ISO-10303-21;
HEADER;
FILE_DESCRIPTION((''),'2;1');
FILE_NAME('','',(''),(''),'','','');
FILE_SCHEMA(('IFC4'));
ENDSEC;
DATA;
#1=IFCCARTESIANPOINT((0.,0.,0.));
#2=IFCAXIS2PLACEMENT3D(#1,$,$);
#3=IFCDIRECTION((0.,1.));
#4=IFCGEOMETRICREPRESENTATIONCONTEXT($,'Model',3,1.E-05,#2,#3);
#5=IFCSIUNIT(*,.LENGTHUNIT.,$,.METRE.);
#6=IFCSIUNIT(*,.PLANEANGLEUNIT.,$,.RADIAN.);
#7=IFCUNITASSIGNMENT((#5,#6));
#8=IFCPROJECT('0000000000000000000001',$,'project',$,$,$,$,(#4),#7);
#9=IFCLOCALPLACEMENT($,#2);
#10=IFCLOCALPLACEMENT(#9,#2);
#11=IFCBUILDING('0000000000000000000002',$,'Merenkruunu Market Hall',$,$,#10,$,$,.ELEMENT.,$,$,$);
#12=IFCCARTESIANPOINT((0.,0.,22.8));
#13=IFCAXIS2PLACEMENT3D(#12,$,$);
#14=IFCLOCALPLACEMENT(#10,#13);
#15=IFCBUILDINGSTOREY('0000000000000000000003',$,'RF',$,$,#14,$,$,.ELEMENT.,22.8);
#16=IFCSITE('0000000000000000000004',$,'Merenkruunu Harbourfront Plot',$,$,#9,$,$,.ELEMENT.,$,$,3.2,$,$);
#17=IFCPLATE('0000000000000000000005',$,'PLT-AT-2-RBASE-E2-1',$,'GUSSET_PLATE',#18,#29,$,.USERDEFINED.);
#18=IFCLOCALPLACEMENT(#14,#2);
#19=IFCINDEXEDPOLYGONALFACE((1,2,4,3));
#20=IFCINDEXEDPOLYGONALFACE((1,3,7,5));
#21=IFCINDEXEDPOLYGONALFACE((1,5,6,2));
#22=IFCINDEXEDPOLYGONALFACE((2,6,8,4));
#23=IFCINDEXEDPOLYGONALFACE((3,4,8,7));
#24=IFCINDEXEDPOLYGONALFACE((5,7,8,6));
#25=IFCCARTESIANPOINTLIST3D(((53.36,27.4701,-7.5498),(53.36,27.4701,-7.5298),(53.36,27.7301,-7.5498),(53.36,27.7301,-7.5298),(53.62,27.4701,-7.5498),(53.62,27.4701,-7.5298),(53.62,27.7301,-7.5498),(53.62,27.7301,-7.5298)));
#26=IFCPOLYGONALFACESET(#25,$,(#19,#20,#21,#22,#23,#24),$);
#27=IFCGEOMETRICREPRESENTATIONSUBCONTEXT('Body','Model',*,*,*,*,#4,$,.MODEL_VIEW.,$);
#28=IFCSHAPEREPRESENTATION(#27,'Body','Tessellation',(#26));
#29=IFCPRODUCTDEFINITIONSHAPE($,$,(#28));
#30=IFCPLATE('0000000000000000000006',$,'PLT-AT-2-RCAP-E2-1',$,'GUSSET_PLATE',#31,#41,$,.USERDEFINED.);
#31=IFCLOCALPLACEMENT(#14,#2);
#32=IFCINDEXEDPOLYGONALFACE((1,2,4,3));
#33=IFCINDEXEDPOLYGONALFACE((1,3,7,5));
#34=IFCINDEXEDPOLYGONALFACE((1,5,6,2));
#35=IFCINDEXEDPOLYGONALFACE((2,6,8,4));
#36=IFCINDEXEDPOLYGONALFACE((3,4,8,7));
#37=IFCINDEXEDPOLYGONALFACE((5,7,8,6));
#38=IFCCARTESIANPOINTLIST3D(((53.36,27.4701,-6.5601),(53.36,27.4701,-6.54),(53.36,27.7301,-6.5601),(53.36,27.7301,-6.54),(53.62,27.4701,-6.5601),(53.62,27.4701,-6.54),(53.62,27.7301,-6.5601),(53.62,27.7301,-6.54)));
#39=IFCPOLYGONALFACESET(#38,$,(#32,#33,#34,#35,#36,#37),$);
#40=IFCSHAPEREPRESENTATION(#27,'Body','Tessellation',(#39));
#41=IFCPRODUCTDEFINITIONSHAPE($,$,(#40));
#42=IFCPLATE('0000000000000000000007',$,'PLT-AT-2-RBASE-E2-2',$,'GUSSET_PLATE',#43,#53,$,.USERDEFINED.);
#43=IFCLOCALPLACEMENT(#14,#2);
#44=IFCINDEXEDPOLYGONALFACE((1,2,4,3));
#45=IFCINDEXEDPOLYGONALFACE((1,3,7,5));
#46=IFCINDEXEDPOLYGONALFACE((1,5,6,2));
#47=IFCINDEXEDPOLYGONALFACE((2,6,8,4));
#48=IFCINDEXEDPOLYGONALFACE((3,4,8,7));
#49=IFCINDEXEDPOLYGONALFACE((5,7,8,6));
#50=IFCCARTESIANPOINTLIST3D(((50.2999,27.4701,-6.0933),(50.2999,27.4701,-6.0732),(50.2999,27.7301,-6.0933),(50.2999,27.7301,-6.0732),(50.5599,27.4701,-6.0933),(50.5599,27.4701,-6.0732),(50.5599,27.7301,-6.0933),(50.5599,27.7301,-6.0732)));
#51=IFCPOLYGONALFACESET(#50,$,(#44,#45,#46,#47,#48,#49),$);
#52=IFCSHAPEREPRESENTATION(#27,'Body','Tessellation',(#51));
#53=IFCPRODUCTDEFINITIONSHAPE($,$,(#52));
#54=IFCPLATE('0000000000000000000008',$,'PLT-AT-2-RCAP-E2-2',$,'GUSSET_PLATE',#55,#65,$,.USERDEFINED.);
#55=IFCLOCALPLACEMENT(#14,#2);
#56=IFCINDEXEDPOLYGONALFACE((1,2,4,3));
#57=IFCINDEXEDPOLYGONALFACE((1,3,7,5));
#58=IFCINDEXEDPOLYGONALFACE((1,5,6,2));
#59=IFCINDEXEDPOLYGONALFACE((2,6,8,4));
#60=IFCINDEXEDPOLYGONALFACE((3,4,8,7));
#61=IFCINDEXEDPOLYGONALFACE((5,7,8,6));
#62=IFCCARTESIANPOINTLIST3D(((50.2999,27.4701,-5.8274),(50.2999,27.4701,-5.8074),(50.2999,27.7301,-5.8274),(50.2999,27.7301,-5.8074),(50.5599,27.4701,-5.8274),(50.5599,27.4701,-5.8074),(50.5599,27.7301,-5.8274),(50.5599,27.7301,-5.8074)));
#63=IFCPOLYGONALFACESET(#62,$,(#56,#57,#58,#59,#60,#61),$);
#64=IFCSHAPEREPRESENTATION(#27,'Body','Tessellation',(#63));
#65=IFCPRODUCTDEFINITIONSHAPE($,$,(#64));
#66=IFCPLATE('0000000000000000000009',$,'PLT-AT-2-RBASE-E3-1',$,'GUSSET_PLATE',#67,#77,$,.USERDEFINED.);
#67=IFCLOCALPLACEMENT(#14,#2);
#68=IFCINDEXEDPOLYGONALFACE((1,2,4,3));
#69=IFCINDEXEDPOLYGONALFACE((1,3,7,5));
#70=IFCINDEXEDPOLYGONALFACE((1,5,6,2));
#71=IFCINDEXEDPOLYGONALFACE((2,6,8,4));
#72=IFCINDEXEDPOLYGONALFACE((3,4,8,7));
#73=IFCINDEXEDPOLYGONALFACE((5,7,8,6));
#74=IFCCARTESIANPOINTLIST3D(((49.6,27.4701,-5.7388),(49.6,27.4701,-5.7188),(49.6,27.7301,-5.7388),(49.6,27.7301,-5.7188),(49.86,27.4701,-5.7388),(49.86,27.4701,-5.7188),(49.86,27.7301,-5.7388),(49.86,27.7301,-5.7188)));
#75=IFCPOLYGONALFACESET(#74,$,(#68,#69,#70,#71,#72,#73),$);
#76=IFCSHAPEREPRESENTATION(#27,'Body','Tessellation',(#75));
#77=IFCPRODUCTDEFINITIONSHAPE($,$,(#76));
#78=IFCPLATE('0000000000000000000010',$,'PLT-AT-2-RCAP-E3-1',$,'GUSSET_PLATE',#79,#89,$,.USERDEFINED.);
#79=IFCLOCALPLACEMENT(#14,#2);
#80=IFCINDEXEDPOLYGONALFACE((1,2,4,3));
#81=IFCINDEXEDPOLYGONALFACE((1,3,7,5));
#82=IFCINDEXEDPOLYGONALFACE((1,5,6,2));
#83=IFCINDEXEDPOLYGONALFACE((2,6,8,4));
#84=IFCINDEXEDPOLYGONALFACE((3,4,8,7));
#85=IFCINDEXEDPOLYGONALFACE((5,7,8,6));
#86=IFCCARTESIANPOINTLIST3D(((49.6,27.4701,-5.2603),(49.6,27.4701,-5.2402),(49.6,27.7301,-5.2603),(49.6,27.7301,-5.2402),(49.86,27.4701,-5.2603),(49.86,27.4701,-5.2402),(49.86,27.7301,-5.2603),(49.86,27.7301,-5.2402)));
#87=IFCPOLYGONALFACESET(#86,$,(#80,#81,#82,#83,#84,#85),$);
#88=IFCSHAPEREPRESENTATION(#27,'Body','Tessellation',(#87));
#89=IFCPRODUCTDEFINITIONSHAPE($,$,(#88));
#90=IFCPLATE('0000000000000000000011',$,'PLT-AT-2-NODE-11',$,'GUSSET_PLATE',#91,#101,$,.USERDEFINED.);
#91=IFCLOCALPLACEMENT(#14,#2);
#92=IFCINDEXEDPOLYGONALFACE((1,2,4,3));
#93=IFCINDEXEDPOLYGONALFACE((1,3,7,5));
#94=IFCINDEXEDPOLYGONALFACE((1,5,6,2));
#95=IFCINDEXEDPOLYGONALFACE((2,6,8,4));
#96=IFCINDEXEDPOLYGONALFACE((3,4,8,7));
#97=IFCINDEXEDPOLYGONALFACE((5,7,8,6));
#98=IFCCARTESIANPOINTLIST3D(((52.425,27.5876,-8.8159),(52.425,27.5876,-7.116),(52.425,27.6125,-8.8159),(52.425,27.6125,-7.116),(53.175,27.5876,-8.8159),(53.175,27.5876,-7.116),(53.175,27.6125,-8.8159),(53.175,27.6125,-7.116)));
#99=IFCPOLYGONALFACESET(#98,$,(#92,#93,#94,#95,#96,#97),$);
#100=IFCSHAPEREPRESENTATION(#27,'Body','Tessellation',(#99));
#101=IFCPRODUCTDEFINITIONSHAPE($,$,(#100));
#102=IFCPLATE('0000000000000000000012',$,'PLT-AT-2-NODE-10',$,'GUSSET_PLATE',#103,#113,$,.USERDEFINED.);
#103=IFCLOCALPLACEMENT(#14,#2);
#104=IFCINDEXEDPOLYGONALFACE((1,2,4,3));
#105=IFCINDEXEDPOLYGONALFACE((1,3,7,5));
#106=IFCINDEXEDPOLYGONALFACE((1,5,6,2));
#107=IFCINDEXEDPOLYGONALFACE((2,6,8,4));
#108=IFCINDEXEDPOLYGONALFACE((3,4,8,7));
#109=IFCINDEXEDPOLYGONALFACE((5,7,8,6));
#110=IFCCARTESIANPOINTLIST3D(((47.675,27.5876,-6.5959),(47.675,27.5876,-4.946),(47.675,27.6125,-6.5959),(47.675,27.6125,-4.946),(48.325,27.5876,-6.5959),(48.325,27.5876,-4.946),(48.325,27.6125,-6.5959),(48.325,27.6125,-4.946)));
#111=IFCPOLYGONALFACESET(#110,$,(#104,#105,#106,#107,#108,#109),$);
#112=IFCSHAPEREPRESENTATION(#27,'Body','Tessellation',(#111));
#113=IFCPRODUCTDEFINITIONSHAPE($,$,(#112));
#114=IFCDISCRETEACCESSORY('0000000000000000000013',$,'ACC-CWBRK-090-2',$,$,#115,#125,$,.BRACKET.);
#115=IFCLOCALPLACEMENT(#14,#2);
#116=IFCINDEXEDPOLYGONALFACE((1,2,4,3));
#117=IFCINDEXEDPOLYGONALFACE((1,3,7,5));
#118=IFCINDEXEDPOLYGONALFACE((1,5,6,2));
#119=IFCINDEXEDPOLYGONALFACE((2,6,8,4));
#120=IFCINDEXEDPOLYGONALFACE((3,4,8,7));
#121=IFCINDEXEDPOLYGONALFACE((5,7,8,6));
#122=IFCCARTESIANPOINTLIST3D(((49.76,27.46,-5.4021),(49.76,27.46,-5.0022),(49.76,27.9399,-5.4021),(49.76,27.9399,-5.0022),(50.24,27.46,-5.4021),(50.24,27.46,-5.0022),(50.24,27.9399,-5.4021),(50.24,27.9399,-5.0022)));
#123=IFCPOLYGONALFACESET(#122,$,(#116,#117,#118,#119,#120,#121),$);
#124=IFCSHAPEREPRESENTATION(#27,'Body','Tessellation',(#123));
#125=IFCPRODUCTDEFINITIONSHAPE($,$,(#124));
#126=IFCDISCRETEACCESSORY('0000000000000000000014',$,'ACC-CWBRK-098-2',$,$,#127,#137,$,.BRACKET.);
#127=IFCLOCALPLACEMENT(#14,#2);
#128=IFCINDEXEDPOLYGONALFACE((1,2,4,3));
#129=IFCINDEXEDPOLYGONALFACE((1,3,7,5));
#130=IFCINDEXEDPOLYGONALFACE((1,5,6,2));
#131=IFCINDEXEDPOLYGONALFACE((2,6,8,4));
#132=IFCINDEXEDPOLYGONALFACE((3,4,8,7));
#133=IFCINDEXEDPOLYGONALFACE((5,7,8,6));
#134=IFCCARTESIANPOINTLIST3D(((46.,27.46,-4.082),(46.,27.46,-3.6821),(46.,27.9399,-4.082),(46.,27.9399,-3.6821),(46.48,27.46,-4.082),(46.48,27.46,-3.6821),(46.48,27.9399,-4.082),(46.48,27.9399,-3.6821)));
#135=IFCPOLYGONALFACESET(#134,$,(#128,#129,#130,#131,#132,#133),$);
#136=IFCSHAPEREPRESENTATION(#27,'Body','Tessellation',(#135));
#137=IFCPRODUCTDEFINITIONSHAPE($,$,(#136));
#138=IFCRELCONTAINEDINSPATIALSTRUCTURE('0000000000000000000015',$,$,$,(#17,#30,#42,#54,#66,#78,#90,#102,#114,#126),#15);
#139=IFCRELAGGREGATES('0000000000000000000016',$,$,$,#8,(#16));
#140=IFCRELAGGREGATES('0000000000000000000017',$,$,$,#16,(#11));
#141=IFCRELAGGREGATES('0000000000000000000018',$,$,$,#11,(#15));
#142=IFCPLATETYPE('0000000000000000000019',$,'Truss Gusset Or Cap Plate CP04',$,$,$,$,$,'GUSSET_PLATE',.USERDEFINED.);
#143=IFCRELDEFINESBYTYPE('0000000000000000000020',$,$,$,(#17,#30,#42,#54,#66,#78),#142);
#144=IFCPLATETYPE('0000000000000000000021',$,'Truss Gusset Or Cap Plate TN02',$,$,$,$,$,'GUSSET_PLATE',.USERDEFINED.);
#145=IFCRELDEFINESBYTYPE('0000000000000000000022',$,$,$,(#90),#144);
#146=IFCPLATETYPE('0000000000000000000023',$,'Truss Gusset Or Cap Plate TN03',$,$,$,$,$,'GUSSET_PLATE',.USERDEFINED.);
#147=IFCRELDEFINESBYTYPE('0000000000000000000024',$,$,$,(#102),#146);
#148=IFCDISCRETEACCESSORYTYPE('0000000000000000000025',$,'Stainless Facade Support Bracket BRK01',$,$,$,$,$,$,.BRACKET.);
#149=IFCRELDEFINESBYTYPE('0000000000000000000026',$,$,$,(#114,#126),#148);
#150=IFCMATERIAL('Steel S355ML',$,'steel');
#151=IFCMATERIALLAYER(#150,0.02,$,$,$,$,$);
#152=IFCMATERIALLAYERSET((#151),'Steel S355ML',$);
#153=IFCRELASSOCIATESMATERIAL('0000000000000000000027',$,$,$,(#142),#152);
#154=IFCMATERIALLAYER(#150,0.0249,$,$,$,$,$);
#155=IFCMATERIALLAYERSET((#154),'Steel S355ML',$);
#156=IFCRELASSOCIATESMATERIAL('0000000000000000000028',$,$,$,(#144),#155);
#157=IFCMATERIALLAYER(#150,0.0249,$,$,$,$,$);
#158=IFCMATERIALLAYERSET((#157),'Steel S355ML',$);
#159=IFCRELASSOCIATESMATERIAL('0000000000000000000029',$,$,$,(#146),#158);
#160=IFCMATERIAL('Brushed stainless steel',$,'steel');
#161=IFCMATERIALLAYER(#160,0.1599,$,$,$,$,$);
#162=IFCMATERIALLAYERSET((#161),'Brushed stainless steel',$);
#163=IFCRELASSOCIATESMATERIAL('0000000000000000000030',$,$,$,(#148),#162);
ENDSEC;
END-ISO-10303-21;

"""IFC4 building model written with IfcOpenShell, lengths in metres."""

from ifc_helpers import new_model, si_unit, direction, frame, origin, origin_2d, place, context, subcontext, project, spatial, rectangle, extrude, material, layer, layer_set, type_object, element, save


model = new_model("IFC4")

# Units and contexts
model_context = context("Model", 3, precision=1e-05, world=origin(), true_north=direction((0.0, 1.0)))
body_context = subcontext(model_context, "Body", "Model", "MODEL_VIEW")
ifc_project = project(units=[si_unit("LENGTHUNIT", "METRE"), si_unit("PLANEANGLEUNIT", "RADIAN")], contexts=[model_context])

# Site, building, storey
site_placement = place(None, origin())
site = spatial("IfcSite", under=ifc_project, at=site_placement, Name="Merenkruunu Harbourfront Plot", CompositionType="ELEMENT", RefElevation=3.2)
building_placement = place(site_placement, origin())
building = spatial("IfcBuilding", under=site, at=building_placement, Name="Merenkruunu Market Hall", CompositionType="ELEMENT")
storey_placement = place(building_placement, frame((0.0, 0.0, 22.8)))
storey = spatial("IfcBuildingStorey", under=building, at=storey_placement, Name="RF", CompositionType="ELEMENT", Elevation=22.8)

# Shared definitions
ifc_material_1 = material(Name="Steel S355ML", Category="steel")

# Plates
ifc_layer_1 = layer(ifc_material_1, 0.02)
ifc_layer_set_1 = layer_set([ifc_layer_1], Name="Steel S355ML")
plate_type_1 = type_object("IfcPlateType", Name="Truss Gusset Or Cap Plate CP04", ElementType="GUSSET_PLATE", PredefinedType="USERDEFINED", material=ifc_layer_set_1)
for number, where, z_axis, x_axis, name in (
    (1, (53.49, 27.6001, -7.5498), (0.0, 0.0, 1.0), (1.0, 0.0, 0.0), "PLT-AT-2-RBASE-E2-1"),
    (2, (53.49, 27.6001, -6.5601), (0.0, 0.0, 1.0), (1.0, 0.0, 0.0), "PLT-AT-2-RCAP-E2-1"),
    (3, (50.4299, 27.6001, -6.0933), (0.0, 0.0, 1.0), (1.0, 0.0, 0.0), "PLT-AT-2-RBASE-E2-2"),
    (4, (50.4299, 27.6001, -5.8274), (0.0, 0.0, 1.0), (1.0, 0.0, 0.0), "PLT-AT-2-RCAP-E2-2"),
    (5, (49.73, 27.6001, -5.7388), (0.0, 0.0, 1.0), (1.0, 0.0, 0.0), "PLT-AT-2-RBASE-E3-1"),
    (6, (49.73, 27.6001, -5.2603), (0.0, 0.0, 1.0), (1.0, 0.0, 0.0), "PLT-AT-2-RCAP-E3-1"),
):
    element("IfcPlate", number, at=place(storey_placement, frame(where, z_axis=z_axis, x_axis=x_axis)), inside=storey, type_object=plate_type_1, Name=name, ObjectType="GUSSET_PLATE", PredefinedType="USERDEFINED", context=body_context, shape_type="SweptSolid", body=[
        extrude(rectangle(XDim=0.26, YDim=0.26, at=origin_2d()), origin(), (0.0, 0.0, 1.0), 0.02),
    ])
ifc_layer_2 = layer(ifc_material_1, 0.0249)
ifc_layer_set_2 = layer_set([ifc_layer_2], Name="Steel S355ML")
plate_type_2 = type_object("IfcPlateType", Name="Truss Gusset Or Cap Plate TN02", ElementType="GUSSET_PLATE", PredefinedType="USERDEFINED", material=ifc_layer_set_2)
plate_1_placement = place(storey_placement, frame((52.8, 27.6001, -8.8159), z_axis=(0.0, 0.0, 1.0), x_axis=(1.0, 0.0, 0.0)))
element("IfcPlate", 7, at=plate_1_placement, inside=storey, type_object=plate_type_2, Name="PLT-AT-2-NODE-11", ObjectType="GUSSET_PLATE", PredefinedType="USERDEFINED", context=body_context, shape_type="SweptSolid", body=[
    extrude(rectangle(XDim=0.75, YDim=0.0249, at=origin_2d()), origin(), (0.0, 0.0, 1.0), 1.7),
])
ifc_layer_3 = layer(ifc_material_1, 0.0249)
ifc_layer_set_3 = layer_set([ifc_layer_3], Name="Steel S355ML")
plate_type_3 = type_object("IfcPlateType", Name="Truss Gusset Or Cap Plate TN03", ElementType="GUSSET_PLATE", PredefinedType="USERDEFINED", material=ifc_layer_set_3)
plate_2_placement = place(storey_placement, frame((48.0, 27.6001, -6.5959), z_axis=(0.0, 0.0, 1.0), x_axis=(1.0, 0.0, 0.0)))
element("IfcPlate", 8, at=plate_2_placement, inside=storey, type_object=plate_type_3, Name="PLT-AT-2-NODE-10", ObjectType="GUSSET_PLATE", PredefinedType="USERDEFINED", context=body_context, shape_type="SweptSolid", body=[
    extrude(rectangle(XDim=0.6499, YDim=0.0249, at=origin_2d()), origin(), (0.0, 0.0, 1.0), 1.6499),
])

# Discrete accessories
ifc_material_2 = material(Name="Brushed stainless steel", Category="steel")
ifc_layer_4 = layer(ifc_material_2, 0.1599)
ifc_layer_set_4 = layer_set([ifc_layer_4], Name="Brushed stainless steel")
discrete_accessory_type = type_object("IfcDiscreteAccessoryType", Name="Stainless Facade Support Bracket BRK01", PredefinedType="BRACKET", material=ifc_layer_set_4)
for number, where, z_axis, x_axis, name in (
    (9, (50.0, 27.7, -5.4021), (0.0, 0.0, 1.0), (1.0, 0.0, 0.0), "ACC-CWBRK-090-2"),
    (10, (46.24, 27.7, -4.082), (0.0, 0.0, 1.0), (1.0, 0.0, 0.0), "ACC-CWBRK-098-2"),
):
    element("IfcDiscreteAccessory", number, at=place(storey_placement, frame(where, z_axis=z_axis, x_axis=x_axis)), inside=storey, type_object=discrete_accessory_type, Name=name, PredefinedType="BRACKET", context=body_context, shape_type="SweptSolid", body=[
        extrude(rectangle(XDim=0.48, YDim=0.48, at=origin_2d()), origin(), (0.0, 0.0, 1.0), 0.3999),
    ])

save(model, "model.ifc")
